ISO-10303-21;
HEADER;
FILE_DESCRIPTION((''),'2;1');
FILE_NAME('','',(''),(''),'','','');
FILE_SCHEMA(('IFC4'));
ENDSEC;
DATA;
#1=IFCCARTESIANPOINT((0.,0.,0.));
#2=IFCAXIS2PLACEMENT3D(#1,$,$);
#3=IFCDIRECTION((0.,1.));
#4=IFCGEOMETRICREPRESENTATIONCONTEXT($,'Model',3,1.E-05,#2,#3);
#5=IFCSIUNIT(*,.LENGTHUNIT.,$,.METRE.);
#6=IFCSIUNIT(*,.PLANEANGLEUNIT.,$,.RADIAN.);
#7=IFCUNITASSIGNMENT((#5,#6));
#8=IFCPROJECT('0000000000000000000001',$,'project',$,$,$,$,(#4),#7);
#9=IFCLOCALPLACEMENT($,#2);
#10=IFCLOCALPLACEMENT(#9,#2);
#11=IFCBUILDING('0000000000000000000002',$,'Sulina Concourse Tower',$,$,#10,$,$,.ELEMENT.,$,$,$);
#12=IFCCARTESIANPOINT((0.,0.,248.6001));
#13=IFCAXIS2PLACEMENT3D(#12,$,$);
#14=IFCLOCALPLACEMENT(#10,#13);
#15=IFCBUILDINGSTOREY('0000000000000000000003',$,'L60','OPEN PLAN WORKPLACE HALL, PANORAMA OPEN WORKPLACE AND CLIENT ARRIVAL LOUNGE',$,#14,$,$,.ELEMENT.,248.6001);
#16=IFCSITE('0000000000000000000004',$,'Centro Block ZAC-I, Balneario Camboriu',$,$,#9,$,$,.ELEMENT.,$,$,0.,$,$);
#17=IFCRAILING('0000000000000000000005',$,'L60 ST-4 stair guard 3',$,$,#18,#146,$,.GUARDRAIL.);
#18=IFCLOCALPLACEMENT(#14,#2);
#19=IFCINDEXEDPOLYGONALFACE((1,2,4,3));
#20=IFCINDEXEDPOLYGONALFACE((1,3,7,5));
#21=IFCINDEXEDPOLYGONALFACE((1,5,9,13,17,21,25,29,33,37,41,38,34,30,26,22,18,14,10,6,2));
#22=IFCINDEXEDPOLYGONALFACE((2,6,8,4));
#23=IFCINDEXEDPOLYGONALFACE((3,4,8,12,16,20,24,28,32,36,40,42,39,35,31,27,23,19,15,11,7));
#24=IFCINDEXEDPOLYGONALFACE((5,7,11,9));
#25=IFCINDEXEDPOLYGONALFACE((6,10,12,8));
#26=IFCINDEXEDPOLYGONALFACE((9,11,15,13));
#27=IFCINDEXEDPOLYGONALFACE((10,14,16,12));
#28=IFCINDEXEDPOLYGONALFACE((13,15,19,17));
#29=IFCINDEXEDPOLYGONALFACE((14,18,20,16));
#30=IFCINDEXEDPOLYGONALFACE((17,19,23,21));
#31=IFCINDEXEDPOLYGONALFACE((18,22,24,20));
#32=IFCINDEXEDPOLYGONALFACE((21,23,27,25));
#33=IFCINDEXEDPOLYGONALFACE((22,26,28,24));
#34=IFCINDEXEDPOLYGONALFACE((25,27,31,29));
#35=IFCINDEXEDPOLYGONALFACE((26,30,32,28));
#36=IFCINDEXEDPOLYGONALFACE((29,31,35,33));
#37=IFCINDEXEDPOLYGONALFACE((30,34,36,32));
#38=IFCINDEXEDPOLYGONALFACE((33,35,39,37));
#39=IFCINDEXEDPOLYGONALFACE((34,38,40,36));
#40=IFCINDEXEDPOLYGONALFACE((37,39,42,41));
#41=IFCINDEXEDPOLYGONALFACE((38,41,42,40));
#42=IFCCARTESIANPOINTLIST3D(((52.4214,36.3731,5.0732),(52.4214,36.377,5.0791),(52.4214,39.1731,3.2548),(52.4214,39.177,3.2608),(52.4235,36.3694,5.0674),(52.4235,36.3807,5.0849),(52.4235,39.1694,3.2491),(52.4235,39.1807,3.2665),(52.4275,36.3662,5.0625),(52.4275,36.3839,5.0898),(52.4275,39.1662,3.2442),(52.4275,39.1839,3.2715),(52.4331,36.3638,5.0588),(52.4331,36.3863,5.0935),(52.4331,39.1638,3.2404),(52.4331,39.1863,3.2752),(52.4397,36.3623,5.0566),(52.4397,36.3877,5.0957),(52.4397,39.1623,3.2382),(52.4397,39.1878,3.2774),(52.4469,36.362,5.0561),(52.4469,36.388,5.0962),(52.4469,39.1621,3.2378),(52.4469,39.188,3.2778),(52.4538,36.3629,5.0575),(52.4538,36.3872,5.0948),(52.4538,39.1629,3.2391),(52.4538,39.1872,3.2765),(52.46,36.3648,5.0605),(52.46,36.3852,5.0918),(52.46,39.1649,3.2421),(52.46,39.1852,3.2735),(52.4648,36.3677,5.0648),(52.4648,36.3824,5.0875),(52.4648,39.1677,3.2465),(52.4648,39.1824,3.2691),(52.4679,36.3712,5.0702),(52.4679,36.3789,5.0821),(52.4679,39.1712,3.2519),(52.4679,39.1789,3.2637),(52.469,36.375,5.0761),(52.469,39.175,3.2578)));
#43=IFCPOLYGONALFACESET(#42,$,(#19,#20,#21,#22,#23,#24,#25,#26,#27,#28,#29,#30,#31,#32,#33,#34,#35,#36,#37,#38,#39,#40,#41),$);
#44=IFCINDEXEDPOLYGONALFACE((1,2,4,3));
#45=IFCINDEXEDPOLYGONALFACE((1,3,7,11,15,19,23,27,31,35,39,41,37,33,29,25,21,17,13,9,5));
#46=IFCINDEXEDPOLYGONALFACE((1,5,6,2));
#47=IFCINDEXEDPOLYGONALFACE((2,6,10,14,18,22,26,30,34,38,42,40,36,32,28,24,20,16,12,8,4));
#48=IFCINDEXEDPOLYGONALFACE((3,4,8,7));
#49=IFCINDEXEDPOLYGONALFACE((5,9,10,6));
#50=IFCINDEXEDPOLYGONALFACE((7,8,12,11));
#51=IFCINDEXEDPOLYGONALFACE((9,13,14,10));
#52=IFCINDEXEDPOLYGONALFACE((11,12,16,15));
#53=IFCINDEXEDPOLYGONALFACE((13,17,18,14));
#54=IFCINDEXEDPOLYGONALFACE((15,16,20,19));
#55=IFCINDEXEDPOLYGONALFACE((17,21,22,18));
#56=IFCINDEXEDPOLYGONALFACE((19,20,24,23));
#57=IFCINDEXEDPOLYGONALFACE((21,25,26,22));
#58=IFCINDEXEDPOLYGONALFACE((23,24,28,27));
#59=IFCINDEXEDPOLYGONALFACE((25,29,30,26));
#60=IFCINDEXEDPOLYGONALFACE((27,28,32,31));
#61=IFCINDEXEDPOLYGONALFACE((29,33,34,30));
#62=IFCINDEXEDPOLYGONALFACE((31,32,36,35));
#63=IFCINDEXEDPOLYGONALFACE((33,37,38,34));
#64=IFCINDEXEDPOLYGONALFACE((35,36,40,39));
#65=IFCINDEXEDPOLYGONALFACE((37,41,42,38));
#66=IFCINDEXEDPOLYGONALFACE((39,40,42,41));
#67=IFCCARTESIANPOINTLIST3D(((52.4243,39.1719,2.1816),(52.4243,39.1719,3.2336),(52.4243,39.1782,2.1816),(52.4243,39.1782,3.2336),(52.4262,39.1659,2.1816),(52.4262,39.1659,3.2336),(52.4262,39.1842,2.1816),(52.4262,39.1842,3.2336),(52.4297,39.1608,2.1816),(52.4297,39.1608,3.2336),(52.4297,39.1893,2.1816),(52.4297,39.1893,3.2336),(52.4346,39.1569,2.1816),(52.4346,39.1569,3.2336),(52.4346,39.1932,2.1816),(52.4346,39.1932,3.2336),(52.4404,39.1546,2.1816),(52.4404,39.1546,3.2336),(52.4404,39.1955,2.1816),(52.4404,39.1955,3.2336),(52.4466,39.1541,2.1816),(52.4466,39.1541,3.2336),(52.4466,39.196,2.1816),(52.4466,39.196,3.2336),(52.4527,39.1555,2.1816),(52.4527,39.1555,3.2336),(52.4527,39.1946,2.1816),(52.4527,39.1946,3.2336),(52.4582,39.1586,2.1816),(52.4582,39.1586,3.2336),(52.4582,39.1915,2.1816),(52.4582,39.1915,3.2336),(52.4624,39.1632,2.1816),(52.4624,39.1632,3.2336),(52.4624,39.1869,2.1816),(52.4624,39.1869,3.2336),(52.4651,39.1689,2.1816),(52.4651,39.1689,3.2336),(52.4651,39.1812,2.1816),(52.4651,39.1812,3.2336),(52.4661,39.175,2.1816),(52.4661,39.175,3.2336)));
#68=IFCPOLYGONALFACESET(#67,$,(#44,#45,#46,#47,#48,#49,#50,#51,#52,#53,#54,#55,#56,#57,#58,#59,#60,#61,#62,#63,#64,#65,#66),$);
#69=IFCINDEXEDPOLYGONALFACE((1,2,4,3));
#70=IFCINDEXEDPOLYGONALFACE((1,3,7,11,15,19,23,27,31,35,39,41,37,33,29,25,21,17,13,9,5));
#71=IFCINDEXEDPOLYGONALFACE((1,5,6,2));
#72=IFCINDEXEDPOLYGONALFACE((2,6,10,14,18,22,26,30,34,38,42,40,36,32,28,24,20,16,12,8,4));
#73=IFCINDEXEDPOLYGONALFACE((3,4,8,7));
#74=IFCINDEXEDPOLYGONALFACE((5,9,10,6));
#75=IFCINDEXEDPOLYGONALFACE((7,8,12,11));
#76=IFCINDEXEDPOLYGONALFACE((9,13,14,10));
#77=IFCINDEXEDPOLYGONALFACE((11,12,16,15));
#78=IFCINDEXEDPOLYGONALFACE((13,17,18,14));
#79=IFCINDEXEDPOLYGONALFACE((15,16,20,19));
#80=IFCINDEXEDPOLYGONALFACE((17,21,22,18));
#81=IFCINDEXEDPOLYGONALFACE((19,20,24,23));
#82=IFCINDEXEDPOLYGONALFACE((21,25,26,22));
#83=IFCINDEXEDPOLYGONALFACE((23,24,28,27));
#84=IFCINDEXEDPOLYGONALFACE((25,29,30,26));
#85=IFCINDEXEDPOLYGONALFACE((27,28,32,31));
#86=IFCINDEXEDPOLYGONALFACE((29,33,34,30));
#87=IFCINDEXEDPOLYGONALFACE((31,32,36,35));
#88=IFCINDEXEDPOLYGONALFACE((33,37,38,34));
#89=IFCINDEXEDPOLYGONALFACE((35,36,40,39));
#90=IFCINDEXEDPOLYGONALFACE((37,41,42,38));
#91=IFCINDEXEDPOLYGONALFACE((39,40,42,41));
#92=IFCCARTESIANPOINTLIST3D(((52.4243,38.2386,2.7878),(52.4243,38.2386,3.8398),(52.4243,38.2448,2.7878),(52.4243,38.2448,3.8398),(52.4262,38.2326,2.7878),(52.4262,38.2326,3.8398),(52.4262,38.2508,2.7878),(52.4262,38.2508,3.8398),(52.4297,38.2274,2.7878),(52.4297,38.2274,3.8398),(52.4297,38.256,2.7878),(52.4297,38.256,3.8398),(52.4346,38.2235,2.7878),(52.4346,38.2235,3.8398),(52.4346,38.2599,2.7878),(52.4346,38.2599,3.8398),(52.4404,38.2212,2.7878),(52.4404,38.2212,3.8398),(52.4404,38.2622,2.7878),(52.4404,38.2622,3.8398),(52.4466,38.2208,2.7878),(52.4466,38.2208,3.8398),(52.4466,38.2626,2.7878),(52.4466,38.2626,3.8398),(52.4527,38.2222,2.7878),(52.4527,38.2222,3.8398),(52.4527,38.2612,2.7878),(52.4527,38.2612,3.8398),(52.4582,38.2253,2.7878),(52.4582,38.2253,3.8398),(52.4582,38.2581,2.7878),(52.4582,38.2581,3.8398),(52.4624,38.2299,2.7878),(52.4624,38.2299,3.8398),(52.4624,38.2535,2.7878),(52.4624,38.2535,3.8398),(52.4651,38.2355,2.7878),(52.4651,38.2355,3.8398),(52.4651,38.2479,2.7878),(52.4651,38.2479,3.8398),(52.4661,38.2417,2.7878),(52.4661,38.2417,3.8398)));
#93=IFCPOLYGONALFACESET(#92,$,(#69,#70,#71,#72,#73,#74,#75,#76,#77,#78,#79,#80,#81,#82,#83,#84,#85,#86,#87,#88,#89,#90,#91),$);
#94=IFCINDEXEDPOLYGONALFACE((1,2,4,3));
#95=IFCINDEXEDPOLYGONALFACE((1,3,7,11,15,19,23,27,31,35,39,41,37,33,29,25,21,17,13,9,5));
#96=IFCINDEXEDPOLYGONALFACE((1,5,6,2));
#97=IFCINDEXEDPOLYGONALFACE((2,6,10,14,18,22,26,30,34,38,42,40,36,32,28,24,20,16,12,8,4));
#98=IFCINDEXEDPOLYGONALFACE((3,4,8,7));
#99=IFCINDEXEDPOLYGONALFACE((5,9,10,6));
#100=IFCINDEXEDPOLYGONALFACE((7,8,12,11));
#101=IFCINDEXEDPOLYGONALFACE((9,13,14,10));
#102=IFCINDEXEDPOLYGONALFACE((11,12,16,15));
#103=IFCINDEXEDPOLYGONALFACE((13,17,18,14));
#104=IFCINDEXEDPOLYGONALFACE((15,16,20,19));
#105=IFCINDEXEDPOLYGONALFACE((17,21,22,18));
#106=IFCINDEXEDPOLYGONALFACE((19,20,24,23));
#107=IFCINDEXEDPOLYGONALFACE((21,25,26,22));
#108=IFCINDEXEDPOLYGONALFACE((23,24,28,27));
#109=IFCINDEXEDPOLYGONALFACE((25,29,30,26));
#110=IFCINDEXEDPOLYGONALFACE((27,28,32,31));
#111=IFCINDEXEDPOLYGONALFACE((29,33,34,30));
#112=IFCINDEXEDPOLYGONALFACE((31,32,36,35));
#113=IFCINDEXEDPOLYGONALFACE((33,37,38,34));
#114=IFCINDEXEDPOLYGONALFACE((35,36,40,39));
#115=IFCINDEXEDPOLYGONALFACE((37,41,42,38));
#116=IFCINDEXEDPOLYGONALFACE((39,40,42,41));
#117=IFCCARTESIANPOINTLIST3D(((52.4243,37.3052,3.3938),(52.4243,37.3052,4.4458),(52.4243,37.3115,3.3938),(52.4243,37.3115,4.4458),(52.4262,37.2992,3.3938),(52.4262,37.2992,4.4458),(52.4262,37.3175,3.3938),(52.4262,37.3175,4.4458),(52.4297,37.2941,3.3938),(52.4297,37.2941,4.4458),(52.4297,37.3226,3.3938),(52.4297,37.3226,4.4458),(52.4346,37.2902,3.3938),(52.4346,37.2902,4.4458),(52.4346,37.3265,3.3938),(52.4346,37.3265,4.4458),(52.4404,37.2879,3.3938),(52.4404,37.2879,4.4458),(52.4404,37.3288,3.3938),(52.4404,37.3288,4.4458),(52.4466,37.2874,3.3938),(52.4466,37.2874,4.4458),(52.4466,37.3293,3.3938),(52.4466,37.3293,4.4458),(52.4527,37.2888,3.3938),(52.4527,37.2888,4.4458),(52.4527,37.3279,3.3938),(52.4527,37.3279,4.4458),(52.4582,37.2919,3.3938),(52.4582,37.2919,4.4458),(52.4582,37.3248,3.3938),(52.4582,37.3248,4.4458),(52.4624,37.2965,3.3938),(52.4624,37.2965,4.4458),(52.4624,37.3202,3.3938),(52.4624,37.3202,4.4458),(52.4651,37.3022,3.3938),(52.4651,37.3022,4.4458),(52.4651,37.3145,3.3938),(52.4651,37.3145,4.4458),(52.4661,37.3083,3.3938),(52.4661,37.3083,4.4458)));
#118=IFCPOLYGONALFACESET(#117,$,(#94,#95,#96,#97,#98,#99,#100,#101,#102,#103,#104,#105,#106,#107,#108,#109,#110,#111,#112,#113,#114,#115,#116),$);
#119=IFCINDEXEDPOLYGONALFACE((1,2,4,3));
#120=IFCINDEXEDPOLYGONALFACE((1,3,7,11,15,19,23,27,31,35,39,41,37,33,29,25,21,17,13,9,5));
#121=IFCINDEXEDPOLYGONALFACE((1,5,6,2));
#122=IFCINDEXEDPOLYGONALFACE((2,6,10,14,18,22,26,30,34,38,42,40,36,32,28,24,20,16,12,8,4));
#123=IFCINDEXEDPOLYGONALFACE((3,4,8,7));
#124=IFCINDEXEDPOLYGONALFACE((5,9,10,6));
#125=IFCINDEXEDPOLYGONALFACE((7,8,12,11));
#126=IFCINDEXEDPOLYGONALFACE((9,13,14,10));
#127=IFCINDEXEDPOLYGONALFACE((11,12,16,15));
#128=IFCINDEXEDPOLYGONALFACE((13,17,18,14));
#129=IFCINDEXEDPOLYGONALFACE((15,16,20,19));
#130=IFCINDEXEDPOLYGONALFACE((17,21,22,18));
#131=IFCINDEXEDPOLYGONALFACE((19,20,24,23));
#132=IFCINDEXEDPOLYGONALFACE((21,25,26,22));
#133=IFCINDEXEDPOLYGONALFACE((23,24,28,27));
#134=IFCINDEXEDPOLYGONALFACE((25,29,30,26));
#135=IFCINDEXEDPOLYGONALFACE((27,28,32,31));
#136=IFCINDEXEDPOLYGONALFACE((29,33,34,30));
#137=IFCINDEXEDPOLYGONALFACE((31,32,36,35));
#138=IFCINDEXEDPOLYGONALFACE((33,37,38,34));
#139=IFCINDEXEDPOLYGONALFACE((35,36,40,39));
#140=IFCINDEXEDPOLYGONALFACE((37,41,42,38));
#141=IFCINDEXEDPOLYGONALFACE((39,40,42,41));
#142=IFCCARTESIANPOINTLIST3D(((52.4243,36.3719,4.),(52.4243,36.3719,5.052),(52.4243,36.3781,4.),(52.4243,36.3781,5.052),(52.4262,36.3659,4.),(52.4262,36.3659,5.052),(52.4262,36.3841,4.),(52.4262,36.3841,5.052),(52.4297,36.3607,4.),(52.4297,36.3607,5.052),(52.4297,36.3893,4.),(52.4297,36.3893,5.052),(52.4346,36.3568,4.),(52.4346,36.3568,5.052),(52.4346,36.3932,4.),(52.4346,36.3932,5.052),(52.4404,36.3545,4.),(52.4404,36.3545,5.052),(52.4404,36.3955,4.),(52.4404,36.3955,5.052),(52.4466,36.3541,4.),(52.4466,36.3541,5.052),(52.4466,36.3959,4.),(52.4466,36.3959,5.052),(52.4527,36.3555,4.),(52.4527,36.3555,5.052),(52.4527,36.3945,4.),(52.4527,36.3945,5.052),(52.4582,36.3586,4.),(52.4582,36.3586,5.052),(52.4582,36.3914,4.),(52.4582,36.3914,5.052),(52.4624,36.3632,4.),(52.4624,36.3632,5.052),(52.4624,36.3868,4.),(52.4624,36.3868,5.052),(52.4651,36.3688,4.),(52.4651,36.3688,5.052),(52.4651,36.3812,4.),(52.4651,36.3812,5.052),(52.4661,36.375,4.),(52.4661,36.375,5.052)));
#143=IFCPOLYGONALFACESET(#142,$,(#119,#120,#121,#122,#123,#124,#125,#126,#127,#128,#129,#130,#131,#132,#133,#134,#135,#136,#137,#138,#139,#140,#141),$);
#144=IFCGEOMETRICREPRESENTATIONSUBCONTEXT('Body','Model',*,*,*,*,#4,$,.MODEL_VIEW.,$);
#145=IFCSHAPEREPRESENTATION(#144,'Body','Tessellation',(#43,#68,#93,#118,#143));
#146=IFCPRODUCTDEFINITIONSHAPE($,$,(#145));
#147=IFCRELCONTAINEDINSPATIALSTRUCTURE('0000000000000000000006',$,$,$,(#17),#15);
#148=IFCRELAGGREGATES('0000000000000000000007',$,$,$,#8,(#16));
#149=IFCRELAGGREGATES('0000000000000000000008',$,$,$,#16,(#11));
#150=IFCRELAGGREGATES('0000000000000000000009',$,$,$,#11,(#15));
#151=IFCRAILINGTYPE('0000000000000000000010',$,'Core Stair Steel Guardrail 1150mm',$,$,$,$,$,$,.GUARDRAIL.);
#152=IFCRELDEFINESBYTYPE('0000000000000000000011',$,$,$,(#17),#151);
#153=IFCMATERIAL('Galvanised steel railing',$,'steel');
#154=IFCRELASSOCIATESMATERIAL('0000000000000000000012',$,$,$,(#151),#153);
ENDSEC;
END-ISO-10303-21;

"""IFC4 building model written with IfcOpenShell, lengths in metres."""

from ifc_helpers import new_model, si_unit, direction, frame, origin, origin_2d, place, context, subcontext, project, spatial, circle, extrude, material, type_object, element, save


model = new_model("IFC4")

# Units and contexts
model_context = context("Model", 3, precision=1e-05, world=origin(), true_north=direction((0.0, 1.0)))
body_context = subcontext(model_context, "Body", "Model", "MODEL_VIEW")
ifc_project = project(units=[si_unit("LENGTHUNIT", "METRE"), si_unit("PLANEANGLEUNIT", "RADIAN")], contexts=[model_context])

# Site, building, storey
site_placement = place(None, origin())
site = spatial("IfcSite", under=ifc_project, at=site_placement, Name="Centro Block ZAC-I, Balneario Camboriu", CompositionType="ELEMENT", RefElevation=0.0)
building_placement = place(site_placement, origin())
building = spatial("IfcBuilding", under=site, at=building_placement, Name="Sulina Concourse Tower", CompositionType="ELEMENT")
storey_placement = place(building_placement, frame((0.0, 0.0, 248.6001)))
storey = spatial("IfcBuildingStorey", under=building, at=storey_placement, Name="L60", Description="OPEN PLAN WORKPLACE HALL, PANORAMA OPEN WORKPLACE AND CLIENT ARRIVAL LOUNGE", CompositionType="ELEMENT", Elevation=248.6001)

# Railing
ifc_material_1 = material(Name="Galvanised steel railing", Category="steel")
railing_type_1 = type_object("IfcRailingType", Name="Core Stair Steel Guardrail 1150mm", PredefinedType="GUARDRAIL", material=ifc_material_1)
railing_1_placement = place(storey_placement, frame((52.4451, 39.175, 2.1816)))
element("IfcRailing", 1, at=railing_1_placement, inside=storey, type_object=railing_type_1, Name="L60 ST-4 stair guard 3", PredefinedType="GUARDRAIL", context=body_context, shape_type="SweptSolid", body=[
    extrude(circle(Radius=0.0239, at=origin_2d()), frame((0.0, 0.0, 1.0762), z_axis=(0.0, -0.838672, 0.544636), x_axis=(1.0, 0.0, 0.0)), (0.0, 0.0, 1.0), 3.3386),
    extrude(circle(Radius=0.021, at=origin_2d()), origin(), (0.0, 0.0, 1.0), 1.052),
    extrude(circle(Radius=0.021, at=origin_2d()), frame((0.0, -0.9333, 0.6062)), (0.0, 0.0, 1.0), 1.052),
    extrude(circle(Radius=0.021, at=origin_2d()), frame((0.0, -1.8667, 1.2122)), (0.0, 0.0, 1.0), 1.052),
    extrude(circle(Radius=0.021, at=origin_2d()), frame((0.0, -2.8, 1.8184)), (0.0, 0.0, 1.0), 1.052),
])

save(model, "model.ifc")
